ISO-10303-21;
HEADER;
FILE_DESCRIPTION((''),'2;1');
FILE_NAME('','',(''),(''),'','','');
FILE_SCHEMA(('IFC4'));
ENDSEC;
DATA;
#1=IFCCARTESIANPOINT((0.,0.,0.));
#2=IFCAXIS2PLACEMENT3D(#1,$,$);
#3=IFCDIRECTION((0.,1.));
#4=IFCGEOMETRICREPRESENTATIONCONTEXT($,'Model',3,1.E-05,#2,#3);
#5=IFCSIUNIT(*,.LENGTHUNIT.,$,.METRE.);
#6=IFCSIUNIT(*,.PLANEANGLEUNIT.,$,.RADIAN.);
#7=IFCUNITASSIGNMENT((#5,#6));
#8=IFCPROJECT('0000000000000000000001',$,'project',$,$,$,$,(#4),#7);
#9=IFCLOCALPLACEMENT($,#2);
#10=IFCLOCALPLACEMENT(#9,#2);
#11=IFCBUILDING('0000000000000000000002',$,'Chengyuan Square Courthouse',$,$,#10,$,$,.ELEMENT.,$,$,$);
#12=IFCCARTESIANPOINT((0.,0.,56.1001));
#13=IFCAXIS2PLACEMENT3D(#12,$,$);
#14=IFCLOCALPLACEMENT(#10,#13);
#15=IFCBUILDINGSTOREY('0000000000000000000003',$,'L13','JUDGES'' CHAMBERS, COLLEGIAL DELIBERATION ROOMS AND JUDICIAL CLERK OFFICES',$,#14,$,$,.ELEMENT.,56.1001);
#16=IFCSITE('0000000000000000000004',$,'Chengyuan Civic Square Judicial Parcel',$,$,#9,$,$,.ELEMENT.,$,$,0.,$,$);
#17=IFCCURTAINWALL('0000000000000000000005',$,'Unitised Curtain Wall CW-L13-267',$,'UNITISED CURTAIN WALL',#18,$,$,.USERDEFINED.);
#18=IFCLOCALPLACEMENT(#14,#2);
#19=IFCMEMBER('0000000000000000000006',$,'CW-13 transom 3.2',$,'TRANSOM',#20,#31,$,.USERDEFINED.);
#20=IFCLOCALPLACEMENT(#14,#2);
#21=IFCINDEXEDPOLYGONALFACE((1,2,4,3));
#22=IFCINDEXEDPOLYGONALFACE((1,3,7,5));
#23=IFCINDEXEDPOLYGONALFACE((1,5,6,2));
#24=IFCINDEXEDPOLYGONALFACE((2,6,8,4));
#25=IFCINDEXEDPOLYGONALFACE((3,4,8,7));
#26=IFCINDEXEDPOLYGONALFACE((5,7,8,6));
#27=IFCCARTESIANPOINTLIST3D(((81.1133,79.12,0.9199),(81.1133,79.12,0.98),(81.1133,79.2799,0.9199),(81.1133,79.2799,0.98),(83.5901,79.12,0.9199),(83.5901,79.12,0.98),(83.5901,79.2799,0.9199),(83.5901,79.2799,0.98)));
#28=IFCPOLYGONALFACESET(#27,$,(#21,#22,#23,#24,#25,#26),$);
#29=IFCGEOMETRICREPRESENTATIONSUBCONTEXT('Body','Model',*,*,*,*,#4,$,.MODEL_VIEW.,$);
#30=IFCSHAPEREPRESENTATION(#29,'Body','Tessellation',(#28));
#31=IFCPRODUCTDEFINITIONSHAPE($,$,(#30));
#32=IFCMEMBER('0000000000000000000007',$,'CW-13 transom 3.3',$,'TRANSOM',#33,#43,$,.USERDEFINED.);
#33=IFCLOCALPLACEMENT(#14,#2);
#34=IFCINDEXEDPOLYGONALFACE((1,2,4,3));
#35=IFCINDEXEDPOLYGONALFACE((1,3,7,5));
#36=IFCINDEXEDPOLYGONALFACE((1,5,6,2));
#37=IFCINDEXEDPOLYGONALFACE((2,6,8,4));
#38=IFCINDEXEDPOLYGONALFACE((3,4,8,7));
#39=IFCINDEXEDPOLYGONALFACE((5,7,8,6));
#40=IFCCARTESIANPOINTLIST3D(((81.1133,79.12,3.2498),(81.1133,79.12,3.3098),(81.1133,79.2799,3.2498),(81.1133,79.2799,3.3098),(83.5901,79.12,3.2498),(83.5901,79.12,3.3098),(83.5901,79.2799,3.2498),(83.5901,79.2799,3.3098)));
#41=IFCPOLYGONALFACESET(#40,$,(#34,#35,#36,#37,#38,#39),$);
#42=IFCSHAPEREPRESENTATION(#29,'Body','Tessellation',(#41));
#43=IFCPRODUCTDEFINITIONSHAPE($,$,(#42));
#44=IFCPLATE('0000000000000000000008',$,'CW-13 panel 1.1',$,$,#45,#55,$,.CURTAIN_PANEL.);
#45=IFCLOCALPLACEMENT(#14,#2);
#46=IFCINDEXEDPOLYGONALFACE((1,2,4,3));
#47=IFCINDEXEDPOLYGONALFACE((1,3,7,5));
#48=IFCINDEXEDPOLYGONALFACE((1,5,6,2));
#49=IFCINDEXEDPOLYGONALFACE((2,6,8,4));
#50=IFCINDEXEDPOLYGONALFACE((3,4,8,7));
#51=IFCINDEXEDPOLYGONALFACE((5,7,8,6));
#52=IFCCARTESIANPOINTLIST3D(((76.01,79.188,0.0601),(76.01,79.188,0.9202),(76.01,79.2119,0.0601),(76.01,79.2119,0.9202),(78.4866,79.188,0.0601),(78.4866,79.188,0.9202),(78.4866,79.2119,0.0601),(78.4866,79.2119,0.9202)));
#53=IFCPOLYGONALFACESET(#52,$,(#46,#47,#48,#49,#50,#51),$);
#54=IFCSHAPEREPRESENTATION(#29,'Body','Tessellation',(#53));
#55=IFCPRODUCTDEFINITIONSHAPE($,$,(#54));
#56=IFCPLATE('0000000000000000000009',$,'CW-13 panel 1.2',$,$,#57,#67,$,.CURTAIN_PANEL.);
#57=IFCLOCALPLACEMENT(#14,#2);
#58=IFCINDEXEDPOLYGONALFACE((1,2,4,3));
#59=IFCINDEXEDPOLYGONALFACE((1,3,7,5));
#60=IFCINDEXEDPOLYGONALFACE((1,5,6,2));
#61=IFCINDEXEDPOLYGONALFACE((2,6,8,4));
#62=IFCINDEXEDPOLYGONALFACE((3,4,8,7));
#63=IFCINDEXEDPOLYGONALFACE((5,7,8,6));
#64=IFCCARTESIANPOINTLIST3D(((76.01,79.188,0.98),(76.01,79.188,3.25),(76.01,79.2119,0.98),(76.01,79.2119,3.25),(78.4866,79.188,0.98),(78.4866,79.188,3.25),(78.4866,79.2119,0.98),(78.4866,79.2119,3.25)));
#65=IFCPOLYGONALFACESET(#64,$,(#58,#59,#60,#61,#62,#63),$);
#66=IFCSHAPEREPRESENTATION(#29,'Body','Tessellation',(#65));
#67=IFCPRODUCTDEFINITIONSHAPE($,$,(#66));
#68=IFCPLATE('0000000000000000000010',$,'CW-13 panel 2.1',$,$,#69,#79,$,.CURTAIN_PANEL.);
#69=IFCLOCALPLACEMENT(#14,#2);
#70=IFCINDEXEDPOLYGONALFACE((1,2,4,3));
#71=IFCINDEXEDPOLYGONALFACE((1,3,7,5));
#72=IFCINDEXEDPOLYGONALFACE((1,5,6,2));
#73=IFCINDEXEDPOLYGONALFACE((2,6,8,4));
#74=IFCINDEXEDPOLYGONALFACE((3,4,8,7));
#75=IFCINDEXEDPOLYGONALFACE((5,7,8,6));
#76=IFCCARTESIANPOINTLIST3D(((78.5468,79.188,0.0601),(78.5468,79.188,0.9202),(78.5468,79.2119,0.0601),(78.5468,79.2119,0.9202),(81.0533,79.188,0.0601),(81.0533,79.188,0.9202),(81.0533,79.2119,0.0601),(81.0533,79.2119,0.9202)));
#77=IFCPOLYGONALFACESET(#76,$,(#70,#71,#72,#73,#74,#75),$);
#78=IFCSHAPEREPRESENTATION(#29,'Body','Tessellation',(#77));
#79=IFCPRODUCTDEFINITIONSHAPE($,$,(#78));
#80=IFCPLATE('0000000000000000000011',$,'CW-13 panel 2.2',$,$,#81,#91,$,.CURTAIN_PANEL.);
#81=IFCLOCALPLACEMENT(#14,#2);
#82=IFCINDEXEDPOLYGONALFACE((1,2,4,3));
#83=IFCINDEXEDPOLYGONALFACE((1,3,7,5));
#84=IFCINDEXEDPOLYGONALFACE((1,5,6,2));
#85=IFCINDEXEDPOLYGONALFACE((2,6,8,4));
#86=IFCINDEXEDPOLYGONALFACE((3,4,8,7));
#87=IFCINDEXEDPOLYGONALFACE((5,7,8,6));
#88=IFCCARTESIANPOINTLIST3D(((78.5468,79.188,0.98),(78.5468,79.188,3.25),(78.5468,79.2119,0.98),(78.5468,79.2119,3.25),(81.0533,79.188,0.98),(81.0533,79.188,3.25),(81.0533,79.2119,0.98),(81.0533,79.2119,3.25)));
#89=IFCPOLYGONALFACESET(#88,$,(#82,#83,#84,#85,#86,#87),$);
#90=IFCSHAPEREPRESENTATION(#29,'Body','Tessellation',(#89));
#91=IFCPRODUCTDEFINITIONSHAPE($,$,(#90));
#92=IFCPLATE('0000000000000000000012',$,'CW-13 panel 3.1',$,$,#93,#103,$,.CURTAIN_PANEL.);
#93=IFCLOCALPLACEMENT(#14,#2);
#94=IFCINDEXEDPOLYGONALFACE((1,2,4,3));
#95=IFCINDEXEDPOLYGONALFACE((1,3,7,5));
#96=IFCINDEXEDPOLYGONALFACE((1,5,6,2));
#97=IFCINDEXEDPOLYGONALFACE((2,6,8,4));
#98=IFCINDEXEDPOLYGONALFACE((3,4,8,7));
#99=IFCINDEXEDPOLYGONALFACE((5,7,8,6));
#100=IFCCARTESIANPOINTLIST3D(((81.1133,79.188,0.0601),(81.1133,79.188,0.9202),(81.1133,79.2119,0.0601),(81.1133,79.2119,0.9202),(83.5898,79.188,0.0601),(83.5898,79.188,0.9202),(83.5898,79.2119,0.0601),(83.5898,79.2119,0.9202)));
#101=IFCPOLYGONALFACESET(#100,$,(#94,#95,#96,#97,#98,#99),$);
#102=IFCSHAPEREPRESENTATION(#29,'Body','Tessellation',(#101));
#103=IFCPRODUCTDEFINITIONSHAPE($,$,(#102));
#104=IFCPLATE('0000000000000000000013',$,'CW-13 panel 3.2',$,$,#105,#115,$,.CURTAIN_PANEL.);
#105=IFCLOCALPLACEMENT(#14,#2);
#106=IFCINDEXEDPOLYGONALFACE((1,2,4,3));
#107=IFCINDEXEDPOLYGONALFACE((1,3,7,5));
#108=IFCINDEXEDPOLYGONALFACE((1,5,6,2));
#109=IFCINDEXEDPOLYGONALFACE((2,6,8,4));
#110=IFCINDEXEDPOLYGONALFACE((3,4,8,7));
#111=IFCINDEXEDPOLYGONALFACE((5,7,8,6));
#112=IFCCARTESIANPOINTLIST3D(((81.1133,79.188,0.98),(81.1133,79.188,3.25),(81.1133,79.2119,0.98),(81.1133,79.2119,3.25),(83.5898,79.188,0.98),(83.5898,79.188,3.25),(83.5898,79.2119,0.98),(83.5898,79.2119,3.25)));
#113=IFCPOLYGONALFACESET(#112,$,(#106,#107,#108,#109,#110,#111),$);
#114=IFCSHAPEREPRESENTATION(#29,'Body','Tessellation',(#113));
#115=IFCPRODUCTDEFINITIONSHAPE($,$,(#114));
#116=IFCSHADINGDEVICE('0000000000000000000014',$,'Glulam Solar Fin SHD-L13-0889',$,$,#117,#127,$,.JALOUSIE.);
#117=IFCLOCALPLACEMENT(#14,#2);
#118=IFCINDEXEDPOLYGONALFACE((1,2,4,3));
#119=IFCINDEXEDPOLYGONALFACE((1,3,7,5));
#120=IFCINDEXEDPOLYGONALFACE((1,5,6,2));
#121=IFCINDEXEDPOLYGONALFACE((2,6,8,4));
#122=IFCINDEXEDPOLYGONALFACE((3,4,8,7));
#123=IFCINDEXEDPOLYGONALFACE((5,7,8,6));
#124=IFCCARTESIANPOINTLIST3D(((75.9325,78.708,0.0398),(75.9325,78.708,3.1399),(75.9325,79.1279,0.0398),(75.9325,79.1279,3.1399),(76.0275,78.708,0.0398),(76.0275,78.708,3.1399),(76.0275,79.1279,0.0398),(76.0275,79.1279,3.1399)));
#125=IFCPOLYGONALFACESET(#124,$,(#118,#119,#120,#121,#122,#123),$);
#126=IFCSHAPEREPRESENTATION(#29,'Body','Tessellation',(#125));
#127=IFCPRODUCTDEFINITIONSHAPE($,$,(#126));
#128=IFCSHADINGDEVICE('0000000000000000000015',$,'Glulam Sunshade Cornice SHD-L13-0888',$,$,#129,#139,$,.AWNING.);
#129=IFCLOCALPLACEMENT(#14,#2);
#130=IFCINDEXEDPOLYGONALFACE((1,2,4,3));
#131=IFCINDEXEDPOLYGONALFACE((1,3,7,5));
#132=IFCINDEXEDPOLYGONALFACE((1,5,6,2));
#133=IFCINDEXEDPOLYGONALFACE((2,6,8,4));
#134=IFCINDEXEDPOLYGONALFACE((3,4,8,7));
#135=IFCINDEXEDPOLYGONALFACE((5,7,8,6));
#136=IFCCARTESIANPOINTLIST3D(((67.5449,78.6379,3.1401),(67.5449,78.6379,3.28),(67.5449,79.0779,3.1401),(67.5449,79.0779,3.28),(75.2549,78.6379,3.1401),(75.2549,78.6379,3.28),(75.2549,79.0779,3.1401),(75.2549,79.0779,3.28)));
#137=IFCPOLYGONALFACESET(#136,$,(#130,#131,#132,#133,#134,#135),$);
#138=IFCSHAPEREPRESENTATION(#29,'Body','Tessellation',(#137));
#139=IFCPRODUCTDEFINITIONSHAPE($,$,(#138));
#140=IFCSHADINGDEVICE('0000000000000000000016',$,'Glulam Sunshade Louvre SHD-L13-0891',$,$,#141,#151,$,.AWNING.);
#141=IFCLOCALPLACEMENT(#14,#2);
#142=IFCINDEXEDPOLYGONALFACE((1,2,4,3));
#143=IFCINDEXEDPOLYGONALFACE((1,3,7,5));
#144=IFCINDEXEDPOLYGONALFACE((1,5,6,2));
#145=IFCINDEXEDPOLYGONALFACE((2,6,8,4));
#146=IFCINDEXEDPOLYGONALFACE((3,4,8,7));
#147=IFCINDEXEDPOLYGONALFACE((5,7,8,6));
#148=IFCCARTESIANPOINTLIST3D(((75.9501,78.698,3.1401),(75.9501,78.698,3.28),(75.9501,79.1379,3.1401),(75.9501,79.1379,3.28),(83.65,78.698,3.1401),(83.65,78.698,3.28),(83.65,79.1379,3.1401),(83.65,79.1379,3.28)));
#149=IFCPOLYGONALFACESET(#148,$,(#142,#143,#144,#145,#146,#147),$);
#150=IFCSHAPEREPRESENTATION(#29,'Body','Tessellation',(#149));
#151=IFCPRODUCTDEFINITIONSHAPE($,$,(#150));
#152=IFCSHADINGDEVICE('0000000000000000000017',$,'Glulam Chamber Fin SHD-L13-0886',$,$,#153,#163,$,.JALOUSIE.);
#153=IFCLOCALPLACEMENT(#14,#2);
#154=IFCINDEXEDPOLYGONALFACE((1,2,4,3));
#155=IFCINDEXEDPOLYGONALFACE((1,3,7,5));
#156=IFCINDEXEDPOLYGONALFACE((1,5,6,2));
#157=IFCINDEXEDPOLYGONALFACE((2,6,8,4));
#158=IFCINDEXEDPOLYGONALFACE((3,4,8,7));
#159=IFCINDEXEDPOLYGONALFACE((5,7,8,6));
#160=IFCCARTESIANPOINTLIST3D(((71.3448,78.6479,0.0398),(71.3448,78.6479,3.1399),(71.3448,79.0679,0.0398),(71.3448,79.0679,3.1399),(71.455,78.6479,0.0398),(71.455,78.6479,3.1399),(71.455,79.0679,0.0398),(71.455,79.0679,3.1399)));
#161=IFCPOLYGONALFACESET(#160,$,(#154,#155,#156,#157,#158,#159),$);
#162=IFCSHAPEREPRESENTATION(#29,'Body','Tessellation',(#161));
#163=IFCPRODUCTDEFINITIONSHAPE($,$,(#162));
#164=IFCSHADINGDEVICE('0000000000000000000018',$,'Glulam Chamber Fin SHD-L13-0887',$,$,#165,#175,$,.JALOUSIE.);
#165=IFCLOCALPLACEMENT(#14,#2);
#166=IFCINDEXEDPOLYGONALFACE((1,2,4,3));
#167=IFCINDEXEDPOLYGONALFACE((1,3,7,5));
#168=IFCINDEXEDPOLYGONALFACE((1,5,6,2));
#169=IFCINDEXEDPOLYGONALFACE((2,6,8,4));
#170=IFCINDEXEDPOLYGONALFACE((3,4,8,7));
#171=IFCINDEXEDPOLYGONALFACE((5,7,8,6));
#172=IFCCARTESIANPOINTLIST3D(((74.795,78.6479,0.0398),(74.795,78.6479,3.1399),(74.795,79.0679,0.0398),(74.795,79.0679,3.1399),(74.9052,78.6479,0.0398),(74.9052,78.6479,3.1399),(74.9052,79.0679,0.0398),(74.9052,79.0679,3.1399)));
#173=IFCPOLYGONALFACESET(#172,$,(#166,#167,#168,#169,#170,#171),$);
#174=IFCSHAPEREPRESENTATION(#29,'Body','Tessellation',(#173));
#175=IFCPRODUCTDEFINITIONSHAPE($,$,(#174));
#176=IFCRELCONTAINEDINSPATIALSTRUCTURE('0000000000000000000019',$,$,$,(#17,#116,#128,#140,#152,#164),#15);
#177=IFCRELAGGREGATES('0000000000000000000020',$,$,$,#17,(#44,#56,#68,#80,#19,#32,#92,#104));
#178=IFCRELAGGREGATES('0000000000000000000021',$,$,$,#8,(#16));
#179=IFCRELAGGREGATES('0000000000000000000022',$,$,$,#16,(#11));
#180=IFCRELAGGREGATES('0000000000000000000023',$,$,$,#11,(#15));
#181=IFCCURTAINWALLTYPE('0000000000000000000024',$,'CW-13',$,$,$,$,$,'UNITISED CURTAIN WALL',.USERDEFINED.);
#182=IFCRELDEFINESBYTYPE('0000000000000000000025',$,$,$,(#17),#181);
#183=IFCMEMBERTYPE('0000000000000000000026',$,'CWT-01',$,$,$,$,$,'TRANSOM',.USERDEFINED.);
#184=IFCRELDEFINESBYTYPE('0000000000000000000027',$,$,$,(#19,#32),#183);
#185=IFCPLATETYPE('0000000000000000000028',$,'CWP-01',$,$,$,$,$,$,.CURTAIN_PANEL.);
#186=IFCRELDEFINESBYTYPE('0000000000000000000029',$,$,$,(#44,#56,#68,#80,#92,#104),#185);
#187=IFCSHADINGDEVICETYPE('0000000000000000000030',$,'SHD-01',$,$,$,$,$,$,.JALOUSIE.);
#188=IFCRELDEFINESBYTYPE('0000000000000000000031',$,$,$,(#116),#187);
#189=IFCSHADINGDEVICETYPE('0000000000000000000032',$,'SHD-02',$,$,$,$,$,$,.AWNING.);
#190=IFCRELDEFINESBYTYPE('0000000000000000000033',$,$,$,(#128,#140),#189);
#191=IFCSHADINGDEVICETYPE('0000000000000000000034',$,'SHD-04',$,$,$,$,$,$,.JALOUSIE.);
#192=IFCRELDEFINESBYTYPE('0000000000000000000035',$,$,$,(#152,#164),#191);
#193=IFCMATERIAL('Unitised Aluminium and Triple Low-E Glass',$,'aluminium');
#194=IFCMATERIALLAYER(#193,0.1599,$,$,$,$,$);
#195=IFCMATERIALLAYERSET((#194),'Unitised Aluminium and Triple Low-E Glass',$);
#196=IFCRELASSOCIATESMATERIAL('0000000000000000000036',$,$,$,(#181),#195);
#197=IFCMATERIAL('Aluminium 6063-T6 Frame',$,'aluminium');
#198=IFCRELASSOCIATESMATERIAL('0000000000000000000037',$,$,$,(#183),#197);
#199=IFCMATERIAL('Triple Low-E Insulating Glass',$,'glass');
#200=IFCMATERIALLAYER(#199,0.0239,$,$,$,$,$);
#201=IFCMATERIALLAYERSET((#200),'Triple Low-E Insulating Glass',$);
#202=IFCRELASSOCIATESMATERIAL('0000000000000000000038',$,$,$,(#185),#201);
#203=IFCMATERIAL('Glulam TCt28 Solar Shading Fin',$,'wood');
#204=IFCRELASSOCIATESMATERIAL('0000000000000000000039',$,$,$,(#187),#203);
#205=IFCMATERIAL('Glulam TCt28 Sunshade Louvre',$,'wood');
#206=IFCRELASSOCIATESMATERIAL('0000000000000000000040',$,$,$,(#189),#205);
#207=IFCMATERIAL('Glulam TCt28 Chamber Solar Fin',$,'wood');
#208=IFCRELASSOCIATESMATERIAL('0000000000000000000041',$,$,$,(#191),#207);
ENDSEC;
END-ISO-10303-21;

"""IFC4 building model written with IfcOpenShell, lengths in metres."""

from ifc_helpers import new_model, si_unit, direction, frame, origin, origin_2d, place, context, subcontext, project, spatial, rectangle, extrude, material, layer, layer_set, material_profile, profile_set, type_object, element, aggregate, save


model = new_model("IFC4")

# Units and contexts
model_context = context("Model", 3, precision=1e-05, world=origin(), true_north=direction((0.0, 1.0)))
body_context = subcontext(model_context, "Body", "Model", "MODEL_VIEW")
ifc_project = project(units=[si_unit("LENGTHUNIT", "METRE"), si_unit("PLANEANGLEUNIT", "RADIAN")], contexts=[model_context])

# Site, building, storey
site_placement = place(None, origin())
site = spatial("IfcSite", under=ifc_project, at=site_placement, Name="Chengyuan Civic Square Judicial Parcel", CompositionType="ELEMENT", RefElevation=0.0)
building_placement = place(site_placement, origin())
building = spatial("IfcBuilding", under=site, at=building_placement, Name="Chengyuan Square Courthouse", CompositionType="ELEMENT")
storey_placement = place(building_placement, frame((0.0, 0.0, 56.1001)))
storey = spatial("IfcBuildingStorey", under=building, at=storey_placement, Name="L13", Description="JUDGES' CHAMBERS, COLLEGIAL DELIBERATION ROOMS AND JUDICIAL CLERK OFFICES", CompositionType="ELEMENT", Elevation=56.1001)

# Curtain wall, members, plates
ifc_material_1 = material(Name="Unitised Aluminium and Triple Low-E Glass", Category="aluminium")
ifc_layer_1 = layer(ifc_material_1, 0.1599)
ifc_layer_set_1 = layer_set([ifc_layer_1], Name="Unitised Aluminium and Triple Low-E Glass")
curtain_wall_type = type_object("IfcCurtainWallType", Name="CW-13", ElementType="UNITISED CURTAIN WALL", PredefinedType="USERDEFINED", material=ifc_layer_set_1)
curtain_wall_placement = place(storey_placement, origin())
curtain_wall = element("IfcCurtainWall", 1, at=curtain_wall_placement, inside=storey, type_object=curtain_wall_type, Name="Unitised Curtain Wall CW-L13-267", ObjectType="UNITISED CURTAIN WALL", PredefinedType="USERDEFINED")
ifc_material_2 = material(Name="Aluminium 6063-T6 Frame", Category="aluminium")
ifc_material_profile_1 = material_profile(ifc_material_2, rectangle(XDim=0.1599, YDim=0.0601, at=origin_2d()), Name="CW-TRN-60x120")
ifc_profile_set_1 = profile_set([ifc_material_profile_1], Name="Aluminium 6063-T6 Frame")
member_type_1 = type_object("IfcMemberType", Name="CWT-01", ElementType="TRANSOM", PredefinedType="USERDEFINED", material=ifc_profile_set_1)
member_1_placement = place(storey_placement, frame((81.1133, 79.2, 0.95), z_axis=(1.0, 0.0, 0.0), x_axis=(0.0, 1.0, 0.0)))
member_1 = element("IfcMember", 2, at=member_1_placement, type_object=member_type_1, Name="CW-13 transom 3.2", ObjectType="TRANSOM", PredefinedType="USERDEFINED", context=body_context, shape_type="SweptSolid", body=[
    extrude(rectangle(XDim=0.1599, YDim=0.0601, at=origin_2d()), origin(), (0.0, 0.0, 1.0), 2.4768),
])
member_2_placement = place(storey_placement, frame((81.1133, 79.2, 3.2798), z_axis=(1.0, 0.0, 0.0), x_axis=(0.0, 1.0, 0.0)))
member_2 = element("IfcMember", 3, at=member_2_placement, type_object=member_type_1, Name="CW-13 transom 3.3", ObjectType="TRANSOM", PredefinedType="USERDEFINED", context=body_context, shape_type="SweptSolid", body=[
    extrude(rectangle(XDim=0.1599, YDim=0.0601, at=origin_2d()), origin(), (0.0, 0.0, 1.0), 2.4768),
])
ifc_material_3 = material(Name="Triple Low-E Insulating Glass", Category="glass")
ifc_layer_2 = layer(ifc_material_3, 0.0239)
ifc_layer_set_2 = layer_set([ifc_layer_2], Name="Triple Low-E Insulating Glass")
plate_type = type_object("IfcPlateType", Name="CWP-01", PredefinedType="CURTAIN_PANEL", material=ifc_layer_set_2)
plate_1_placement = place(storey_placement, frame((77.2483, 79.2, 0.0601), z_axis=(0.0, 0.0, 1.0), x_axis=(1.0, 0.0, 0.0)))
plate_1 = element("IfcPlate", 4, at=plate_1_placement, type_object=plate_type, Name="CW-13 panel 1.1", PredefinedType="CURTAIN_PANEL", context=body_context, shape_type="SweptSolid", body=[
    extrude(rectangle(XDim=2.4766, YDim=0.0239, at=origin_2d()), origin(), (0.0, 0.0, 1.0), 0.8601),
])
plate_2_placement = place(storey_placement, frame((77.2483, 79.2, 0.98), z_axis=(0.0, 0.0, 1.0), x_axis=(1.0, 0.0, 0.0)))
plate_2 = element("IfcPlate", 5, at=plate_2_placement, type_object=plate_type, Name="CW-13 panel 1.2", PredefinedType="CURTAIN_PANEL", context=body_context, shape_type="SweptSolid", body=[
    extrude(rectangle(XDim=2.4766, YDim=0.0239, at=origin_2d()), origin(), (0.0, 0.0, 1.0), 2.27),
])
plate_3_placement = place(storey_placement, frame((79.8, 79.2, 0.0601), z_axis=(0.0, 0.0, 1.0), x_axis=(1.0, 0.0, 0.0)))
plate_3 = element("IfcPlate", 6, at=plate_3_placement, type_object=plate_type, Name="CW-13 panel 2.1", PredefinedType="CURTAIN_PANEL", context=body_context, shape_type="SweptSolid", body=[
    extrude(rectangle(XDim=2.5066, YDim=0.0239, at=origin_2d()), origin(), (0.0, 0.0, 1.0), 0.8601),
])
plate_4_placement = place(storey_placement, frame((79.8, 79.2, 0.98), z_axis=(0.0, 0.0, 1.0), x_axis=(1.0, 0.0, 0.0)))
plate_4 = element("IfcPlate", 7, at=plate_4_placement, type_object=plate_type, Name="CW-13 panel 2.2", PredefinedType="CURTAIN_PANEL", context=body_context, shape_type="SweptSolid", body=[
    extrude(rectangle(XDim=2.5066, YDim=0.0239, at=origin_2d()), origin(), (0.0, 0.0, 1.0), 2.27),
])
plate_5_placement = place(storey_placement, frame((82.3516, 79.2, 0.0601), z_axis=(0.0, 0.0, 1.0), x_axis=(1.0, 0.0, 0.0)))
plate_5 = element("IfcPlate", 8, at=plate_5_placement, type_object=plate_type, Name="CW-13 panel 3.1", PredefinedType="CURTAIN_PANEL", context=body_context, shape_type="SweptSolid", body=[
    extrude(rectangle(XDim=2.4766, YDim=0.0239, at=origin_2d()), origin(), (0.0, 0.0, 1.0), 0.8601),
])
plate_6_placement = place(storey_placement, frame((82.3516, 79.2, 0.98), z_axis=(0.0, 0.0, 1.0), x_axis=(1.0, 0.0, 0.0)))
plate_6 = element("IfcPlate", 9, at=plate_6_placement, type_object=plate_type, Name="CW-13 panel 3.2", PredefinedType="CURTAIN_PANEL", context=body_context, shape_type="SweptSolid", body=[
    extrude(rectangle(XDim=2.4766, YDim=0.0239, at=origin_2d()), origin(), (0.0, 0.0, 1.0), 2.27),
])
aggregate(curtain_wall, [plate_1, plate_2, plate_3, plate_4, member_1, member_2, plate_5, plate_6])

# Shading devices
ifc_material_4 = material(Name="Glulam TCt28 Solar Shading Fin", Category="wood")
shading_device_type_1 = type_object("IfcShadingDeviceType", Name="SHD-01", PredefinedType="JALOUSIE", material=ifc_material_4)
shading_device_1_placement = place(storey_placement, frame((75.98, 78.918, 0.0398), z_axis=(0.0, 0.0, 1.0), x_axis=(0.0, 1.0, 0.0)))
element("IfcShadingDevice", 10, at=shading_device_1_placement, inside=storey, type_object=shading_device_type_1, Name="Glulam Solar Fin SHD-L13-0889", PredefinedType="JALOUSIE", context=body_context, shape_type="SweptSolid", body=[
    extrude(rectangle(XDim=0.4199, YDim=0.095, at=origin_2d()), origin(), (0.0, 0.0, 1.0), 3.1001),
])
ifc_material_5 = material(Name="Glulam TCt28 Sunshade Louvre", Category="wood")
shading_device_type_2 = type_object("IfcShadingDeviceType", Name="SHD-02", PredefinedType="AWNING", material=ifc_material_5)
shading_device_2_placement = place(storey_placement, frame((71.3999, 78.8579, 3.1401), z_axis=(0.0, 0.0, 1.0), x_axis=(1.0, 0.0, 0.0)))
element("IfcShadingDevice", 11, at=shading_device_2_placement, inside=storey, type_object=shading_device_type_2, Name="Glulam Sunshade Cornice SHD-L13-0888", PredefinedType="AWNING", context=body_context, shape_type="SweptSolid", body=[
    extrude(rectangle(XDim=7.71, YDim=0.4399, at=origin_2d()), origin(), (0.0, 0.0, 1.0), 0.1399),
])
shading_device_3_placement = place(storey_placement, frame((79.8, 78.918, 3.1401), z_axis=(0.0, 0.0, 1.0), x_axis=(1.0, 0.0, 0.0)))
element("IfcShadingDevice", 12, at=shading_device_3_placement, inside=storey, type_object=shading_device_type_2, Name="Glulam Sunshade Louvre SHD-L13-0891", PredefinedType="AWNING", context=body_context, shape_type="SweptSolid", body=[
    extrude(rectangle(XDim=7.7, YDim=0.4399, at=origin_2d()), origin(), (0.0, 0.0, 1.0), 0.1399),
])
ifc_material_6 = material(Name="Glulam TCt28 Chamber Solar Fin", Category="wood")
shading_device_type_3 = type_object("IfcShadingDeviceType", Name="SHD-04", PredefinedType="JALOUSIE", material=ifc_material_6)
for number, where, z_axis, x_axis, name in (
    (13, (71.3999, 78.8579, 0.0398), (0.0, 0.0, 1.0), (0.0, 1.0, 0.0), "Glulam Chamber Fin SHD-L13-0886"),
    (14, (74.8501, 78.8579, 0.0398), (0.0, 0.0, 1.0), (0.0, 1.0, 0.0), "Glulam Chamber Fin SHD-L13-0887"),
):
    element("IfcShadingDevice", number, at=place(storey_placement, frame(where, z_axis=z_axis, x_axis=x_axis)), inside=storey, type_object=shading_device_type_3, Name=name, PredefinedType="JALOUSIE", context=body_context, shape_type="SweptSolid", body=[
        extrude(rectangle(XDim=0.4199, YDim=0.1101, at=origin_2d()), origin(), (0.0, 0.0, 1.0), 3.1001),
    ])

save(model, "model.ifc")
